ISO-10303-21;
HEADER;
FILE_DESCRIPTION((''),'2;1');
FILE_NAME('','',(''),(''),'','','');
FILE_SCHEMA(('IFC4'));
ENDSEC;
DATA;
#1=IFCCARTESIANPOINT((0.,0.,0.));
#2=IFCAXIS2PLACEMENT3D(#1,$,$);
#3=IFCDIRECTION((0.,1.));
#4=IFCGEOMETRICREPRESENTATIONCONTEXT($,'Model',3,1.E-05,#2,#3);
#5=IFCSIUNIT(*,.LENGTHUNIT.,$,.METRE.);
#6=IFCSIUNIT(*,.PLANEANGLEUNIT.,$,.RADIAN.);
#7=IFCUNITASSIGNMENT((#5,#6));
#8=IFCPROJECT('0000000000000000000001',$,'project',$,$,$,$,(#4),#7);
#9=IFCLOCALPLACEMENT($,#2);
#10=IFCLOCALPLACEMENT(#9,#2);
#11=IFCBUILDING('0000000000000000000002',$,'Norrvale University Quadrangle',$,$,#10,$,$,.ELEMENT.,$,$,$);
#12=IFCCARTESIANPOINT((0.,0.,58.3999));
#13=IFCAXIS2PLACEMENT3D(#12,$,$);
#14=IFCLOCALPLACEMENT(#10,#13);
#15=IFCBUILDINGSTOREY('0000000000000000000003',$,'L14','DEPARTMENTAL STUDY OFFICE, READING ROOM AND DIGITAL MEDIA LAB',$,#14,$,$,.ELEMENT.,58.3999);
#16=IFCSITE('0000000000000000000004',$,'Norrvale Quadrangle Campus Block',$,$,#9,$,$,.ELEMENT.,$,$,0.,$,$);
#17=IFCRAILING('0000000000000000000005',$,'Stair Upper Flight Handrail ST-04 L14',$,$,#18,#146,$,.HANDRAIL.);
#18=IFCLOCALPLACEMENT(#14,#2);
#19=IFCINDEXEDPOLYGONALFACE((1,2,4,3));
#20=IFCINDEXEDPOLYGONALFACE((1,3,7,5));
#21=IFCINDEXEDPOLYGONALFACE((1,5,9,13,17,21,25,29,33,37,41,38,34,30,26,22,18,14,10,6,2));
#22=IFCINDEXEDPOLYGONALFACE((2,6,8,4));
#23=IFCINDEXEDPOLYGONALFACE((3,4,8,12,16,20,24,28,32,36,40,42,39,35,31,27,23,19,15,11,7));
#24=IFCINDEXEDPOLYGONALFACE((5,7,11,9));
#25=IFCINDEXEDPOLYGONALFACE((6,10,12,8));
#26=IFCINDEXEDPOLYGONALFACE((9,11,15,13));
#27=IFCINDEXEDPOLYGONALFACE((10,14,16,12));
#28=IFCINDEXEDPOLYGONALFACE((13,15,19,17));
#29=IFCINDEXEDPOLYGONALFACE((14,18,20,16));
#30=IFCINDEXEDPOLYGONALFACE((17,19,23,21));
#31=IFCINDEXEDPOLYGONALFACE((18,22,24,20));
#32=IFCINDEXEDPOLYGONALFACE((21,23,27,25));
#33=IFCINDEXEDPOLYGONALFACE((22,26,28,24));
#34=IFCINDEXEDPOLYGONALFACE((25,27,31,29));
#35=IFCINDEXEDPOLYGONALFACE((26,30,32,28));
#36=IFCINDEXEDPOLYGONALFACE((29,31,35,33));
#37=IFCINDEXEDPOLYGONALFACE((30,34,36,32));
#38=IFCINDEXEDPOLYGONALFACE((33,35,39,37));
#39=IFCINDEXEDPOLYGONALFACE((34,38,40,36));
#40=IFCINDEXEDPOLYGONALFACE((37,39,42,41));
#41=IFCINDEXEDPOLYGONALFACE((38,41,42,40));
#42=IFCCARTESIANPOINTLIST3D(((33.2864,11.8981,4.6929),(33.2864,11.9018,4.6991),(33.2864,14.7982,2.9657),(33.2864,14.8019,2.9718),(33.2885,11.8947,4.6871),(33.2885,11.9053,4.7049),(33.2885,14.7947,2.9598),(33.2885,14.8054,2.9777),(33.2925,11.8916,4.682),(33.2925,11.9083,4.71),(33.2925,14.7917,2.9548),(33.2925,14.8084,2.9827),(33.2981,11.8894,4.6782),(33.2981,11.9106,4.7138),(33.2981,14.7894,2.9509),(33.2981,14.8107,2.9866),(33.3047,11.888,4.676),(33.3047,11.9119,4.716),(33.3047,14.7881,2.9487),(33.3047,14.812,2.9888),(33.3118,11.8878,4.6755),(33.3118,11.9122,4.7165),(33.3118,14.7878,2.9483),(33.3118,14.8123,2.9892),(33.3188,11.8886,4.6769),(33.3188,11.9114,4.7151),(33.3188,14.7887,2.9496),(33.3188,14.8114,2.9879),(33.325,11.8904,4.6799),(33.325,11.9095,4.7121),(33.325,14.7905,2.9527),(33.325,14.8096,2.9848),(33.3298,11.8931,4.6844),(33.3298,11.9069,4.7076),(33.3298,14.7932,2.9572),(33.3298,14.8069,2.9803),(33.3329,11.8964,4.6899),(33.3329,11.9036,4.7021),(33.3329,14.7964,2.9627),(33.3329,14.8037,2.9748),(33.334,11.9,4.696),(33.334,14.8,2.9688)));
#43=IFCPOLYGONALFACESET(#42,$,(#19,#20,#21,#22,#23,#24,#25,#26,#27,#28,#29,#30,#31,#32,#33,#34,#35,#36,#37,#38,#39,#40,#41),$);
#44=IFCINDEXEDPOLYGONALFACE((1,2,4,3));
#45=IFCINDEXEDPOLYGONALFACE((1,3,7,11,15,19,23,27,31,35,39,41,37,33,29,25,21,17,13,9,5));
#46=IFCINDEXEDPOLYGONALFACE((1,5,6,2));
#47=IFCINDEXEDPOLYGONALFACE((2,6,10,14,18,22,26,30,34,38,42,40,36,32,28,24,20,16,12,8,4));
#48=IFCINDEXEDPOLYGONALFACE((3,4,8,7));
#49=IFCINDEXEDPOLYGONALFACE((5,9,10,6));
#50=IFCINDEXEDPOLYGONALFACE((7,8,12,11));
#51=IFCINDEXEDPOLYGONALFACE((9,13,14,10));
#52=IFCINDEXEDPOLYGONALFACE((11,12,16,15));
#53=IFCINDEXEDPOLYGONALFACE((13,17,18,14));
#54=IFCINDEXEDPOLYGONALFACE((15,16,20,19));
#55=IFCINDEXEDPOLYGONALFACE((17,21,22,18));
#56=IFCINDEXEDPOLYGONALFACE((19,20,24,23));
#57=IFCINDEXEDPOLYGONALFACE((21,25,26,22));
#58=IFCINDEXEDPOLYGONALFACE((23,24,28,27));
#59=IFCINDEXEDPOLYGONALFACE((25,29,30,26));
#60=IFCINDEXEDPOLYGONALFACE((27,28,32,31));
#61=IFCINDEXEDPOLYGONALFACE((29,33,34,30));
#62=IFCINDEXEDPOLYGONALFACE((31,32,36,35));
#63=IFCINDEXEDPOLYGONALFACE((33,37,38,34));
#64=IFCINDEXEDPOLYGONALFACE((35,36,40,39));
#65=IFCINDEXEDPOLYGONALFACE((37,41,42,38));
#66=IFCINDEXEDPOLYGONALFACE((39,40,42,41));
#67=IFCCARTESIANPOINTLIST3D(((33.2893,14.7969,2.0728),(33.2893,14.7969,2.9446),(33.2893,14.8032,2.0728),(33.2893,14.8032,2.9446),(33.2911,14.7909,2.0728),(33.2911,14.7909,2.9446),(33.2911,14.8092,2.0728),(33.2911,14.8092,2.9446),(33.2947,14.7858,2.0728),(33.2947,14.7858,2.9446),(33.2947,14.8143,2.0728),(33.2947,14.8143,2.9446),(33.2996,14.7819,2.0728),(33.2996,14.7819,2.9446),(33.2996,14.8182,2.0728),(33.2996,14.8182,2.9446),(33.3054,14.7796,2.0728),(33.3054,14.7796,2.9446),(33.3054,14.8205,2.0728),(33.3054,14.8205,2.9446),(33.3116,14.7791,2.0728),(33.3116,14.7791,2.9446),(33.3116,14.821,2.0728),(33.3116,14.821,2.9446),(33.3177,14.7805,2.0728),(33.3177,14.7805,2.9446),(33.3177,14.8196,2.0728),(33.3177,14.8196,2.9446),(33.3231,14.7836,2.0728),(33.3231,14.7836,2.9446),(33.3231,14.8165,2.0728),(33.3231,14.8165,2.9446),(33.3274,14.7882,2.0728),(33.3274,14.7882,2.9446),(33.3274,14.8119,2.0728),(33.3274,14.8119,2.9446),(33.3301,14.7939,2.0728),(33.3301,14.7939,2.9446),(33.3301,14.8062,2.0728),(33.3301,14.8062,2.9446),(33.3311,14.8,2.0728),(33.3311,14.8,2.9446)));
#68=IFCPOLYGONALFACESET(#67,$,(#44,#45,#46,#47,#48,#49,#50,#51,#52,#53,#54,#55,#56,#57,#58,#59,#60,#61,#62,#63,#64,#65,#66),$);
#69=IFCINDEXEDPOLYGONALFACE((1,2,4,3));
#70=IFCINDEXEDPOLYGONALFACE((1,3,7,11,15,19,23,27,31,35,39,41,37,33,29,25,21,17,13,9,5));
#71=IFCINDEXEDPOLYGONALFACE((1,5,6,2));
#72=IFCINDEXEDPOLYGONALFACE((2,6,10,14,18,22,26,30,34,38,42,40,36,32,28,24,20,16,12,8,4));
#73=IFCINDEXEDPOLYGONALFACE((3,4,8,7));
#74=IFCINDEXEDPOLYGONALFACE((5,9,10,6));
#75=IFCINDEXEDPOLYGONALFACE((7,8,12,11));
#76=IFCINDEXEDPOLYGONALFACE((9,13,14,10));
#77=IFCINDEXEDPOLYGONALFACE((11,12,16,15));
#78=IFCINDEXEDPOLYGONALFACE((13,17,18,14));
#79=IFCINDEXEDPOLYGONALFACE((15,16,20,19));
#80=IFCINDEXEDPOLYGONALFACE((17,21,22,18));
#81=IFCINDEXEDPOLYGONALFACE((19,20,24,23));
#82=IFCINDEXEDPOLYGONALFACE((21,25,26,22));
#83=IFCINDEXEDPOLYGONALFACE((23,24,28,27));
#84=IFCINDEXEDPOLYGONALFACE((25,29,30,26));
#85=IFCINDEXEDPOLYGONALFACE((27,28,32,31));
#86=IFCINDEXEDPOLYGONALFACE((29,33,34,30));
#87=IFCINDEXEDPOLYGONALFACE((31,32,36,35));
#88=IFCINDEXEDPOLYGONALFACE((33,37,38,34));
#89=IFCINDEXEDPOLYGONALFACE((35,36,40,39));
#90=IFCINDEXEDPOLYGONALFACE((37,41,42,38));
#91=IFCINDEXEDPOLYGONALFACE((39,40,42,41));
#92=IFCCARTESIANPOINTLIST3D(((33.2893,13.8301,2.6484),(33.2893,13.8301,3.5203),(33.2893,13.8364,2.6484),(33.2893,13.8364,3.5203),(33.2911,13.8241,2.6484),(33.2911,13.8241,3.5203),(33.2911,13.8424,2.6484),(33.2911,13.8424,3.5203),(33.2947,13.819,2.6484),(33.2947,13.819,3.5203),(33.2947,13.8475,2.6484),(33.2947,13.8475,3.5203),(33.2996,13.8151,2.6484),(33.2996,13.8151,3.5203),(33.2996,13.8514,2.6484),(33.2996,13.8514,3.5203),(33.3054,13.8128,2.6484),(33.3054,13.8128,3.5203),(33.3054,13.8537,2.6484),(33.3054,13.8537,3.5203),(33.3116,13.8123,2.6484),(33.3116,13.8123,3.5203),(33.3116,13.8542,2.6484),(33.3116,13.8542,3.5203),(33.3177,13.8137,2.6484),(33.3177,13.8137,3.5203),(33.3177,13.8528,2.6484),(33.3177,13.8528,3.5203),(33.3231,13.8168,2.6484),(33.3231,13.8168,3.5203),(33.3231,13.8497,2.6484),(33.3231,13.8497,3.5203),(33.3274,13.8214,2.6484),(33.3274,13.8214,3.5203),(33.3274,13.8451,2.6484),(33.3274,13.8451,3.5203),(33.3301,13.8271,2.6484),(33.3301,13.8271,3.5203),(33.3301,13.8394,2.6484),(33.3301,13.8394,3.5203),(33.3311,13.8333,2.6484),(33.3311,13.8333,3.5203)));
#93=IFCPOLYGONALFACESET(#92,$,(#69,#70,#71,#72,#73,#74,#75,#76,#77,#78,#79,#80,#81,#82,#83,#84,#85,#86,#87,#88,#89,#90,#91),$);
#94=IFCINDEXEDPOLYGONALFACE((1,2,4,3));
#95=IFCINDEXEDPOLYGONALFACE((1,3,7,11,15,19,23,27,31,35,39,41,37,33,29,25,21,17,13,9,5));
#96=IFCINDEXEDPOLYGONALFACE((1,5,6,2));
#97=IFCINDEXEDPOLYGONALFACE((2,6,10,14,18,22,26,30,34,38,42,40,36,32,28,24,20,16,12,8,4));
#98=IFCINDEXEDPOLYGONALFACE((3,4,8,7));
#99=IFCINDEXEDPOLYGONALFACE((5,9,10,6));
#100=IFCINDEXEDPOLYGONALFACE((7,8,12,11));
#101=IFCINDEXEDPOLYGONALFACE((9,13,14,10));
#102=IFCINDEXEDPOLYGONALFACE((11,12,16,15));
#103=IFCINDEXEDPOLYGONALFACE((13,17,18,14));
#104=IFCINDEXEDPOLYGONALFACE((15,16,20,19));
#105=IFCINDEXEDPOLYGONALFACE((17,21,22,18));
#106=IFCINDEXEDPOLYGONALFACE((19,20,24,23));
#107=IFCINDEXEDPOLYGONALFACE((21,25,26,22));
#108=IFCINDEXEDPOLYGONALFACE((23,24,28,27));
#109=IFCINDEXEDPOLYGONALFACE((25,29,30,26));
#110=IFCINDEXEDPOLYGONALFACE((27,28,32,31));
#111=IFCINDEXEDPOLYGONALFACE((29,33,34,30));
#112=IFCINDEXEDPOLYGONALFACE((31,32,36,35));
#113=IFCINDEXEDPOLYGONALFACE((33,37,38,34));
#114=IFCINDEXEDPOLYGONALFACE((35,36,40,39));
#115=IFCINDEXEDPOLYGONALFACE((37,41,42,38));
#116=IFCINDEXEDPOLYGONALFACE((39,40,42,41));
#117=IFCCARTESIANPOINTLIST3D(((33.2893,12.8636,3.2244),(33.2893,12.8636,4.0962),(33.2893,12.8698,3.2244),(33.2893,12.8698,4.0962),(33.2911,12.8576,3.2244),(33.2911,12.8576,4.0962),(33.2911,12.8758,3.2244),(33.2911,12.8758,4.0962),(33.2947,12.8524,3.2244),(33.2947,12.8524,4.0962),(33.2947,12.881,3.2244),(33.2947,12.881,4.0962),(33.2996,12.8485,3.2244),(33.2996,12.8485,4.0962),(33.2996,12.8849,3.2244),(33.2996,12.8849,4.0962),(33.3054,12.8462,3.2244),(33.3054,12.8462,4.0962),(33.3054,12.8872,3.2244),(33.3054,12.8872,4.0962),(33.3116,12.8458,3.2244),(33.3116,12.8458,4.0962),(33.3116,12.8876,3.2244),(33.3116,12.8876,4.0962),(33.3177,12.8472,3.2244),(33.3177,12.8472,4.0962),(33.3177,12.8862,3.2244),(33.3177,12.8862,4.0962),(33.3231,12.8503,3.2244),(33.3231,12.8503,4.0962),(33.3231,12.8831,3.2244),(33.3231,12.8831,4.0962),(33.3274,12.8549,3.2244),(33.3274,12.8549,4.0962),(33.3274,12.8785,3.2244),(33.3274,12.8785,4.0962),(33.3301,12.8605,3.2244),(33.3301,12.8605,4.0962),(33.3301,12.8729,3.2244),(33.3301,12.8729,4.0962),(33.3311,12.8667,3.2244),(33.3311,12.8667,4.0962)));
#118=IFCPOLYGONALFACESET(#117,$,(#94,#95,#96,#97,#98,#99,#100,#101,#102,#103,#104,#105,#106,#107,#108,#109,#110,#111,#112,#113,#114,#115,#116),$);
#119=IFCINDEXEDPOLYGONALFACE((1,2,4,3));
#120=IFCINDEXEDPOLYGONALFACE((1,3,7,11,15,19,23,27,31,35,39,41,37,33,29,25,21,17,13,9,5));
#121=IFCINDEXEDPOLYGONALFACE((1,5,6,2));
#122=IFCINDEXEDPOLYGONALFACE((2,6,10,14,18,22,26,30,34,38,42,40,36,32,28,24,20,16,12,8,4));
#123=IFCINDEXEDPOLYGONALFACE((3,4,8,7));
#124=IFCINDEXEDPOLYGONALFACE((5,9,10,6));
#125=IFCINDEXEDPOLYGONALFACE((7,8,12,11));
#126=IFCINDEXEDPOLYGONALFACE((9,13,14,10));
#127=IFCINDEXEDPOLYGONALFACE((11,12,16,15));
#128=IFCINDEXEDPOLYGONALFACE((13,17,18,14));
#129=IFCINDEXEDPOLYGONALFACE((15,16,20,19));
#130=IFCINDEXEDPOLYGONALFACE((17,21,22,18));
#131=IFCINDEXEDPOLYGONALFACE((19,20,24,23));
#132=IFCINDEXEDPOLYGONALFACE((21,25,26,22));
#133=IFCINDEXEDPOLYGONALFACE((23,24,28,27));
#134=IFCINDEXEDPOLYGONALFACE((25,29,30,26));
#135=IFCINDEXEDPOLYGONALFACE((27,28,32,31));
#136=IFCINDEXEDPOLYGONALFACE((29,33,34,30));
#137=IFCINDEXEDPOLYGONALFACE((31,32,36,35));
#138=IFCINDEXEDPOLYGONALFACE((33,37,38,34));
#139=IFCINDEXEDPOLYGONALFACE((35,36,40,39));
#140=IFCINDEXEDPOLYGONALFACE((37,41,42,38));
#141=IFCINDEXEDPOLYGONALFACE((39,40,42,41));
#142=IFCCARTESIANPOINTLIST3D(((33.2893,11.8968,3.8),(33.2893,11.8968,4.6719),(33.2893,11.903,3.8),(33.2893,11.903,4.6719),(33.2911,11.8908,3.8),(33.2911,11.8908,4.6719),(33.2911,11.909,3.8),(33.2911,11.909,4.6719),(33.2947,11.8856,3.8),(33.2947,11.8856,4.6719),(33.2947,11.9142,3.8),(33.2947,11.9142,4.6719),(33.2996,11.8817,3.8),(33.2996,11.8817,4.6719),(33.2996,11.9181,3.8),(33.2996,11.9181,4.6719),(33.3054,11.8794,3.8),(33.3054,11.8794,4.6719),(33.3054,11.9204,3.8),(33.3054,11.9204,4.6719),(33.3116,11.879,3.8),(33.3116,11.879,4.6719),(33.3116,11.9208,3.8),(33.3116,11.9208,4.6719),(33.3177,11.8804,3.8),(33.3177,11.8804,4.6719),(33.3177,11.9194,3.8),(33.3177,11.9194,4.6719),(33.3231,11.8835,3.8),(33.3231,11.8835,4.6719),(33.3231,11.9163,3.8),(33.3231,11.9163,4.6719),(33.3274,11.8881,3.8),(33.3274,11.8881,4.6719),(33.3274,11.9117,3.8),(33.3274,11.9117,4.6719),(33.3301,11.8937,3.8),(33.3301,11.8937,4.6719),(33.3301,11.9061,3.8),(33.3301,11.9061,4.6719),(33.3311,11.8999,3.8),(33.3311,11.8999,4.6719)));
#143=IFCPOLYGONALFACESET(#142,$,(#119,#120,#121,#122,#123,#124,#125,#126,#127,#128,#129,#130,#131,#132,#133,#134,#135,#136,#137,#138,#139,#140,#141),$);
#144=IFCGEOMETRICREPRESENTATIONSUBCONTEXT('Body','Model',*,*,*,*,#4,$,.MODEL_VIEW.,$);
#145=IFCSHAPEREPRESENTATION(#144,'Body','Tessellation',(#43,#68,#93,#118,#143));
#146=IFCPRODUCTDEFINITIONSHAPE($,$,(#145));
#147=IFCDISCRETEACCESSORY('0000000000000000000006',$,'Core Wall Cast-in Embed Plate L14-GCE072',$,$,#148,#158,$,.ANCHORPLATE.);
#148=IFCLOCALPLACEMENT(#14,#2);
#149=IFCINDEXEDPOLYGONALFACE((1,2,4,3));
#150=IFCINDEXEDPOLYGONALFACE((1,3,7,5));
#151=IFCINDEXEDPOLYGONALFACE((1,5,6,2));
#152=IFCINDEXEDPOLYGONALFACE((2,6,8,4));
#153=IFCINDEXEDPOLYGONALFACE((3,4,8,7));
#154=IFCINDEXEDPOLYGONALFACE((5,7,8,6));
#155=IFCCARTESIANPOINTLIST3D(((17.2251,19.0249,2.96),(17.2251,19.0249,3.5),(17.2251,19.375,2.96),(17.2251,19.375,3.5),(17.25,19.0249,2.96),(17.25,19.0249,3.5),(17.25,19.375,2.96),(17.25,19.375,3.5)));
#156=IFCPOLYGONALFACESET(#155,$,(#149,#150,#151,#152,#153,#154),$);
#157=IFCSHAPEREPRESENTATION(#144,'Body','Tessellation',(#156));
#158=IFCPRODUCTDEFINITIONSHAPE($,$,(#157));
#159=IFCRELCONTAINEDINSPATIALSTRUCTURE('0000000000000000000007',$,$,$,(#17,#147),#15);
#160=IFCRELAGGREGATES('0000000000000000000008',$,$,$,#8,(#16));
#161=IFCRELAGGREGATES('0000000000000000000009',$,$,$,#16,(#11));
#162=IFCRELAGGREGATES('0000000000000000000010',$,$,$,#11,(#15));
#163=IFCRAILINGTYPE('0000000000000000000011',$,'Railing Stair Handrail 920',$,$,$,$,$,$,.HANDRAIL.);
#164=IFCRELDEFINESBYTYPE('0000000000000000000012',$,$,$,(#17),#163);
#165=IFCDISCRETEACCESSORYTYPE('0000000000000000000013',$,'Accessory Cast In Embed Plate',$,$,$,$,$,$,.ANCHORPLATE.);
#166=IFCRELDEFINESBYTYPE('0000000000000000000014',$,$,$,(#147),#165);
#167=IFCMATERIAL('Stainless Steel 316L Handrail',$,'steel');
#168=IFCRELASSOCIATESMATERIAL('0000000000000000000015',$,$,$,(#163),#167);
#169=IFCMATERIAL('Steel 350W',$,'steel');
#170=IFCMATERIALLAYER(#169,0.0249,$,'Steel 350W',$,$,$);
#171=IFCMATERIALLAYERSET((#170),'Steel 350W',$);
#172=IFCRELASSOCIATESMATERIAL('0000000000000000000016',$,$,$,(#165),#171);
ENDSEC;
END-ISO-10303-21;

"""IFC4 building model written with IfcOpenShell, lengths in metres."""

from ifc_helpers import new_model, si_unit, direction, frame, origin, origin_2d, place, context, subcontext, project, spatial, rectangle, circle, extrude, material, layer, layer_set, type_object, element, save


model = new_model("IFC4")

# Units and contexts
model_context = context("Model", 3, precision=1e-05, world=origin(), true_north=direction((0.0, 1.0)))
body_context = subcontext(model_context, "Body", "Model", "MODEL_VIEW")
ifc_project = project(units=[si_unit("LENGTHUNIT", "METRE"), si_unit("PLANEANGLEUNIT", "RADIAN")], contexts=[model_context])

# Site, building, storey
site_placement = place(None, origin())
site = spatial("IfcSite", under=ifc_project, at=site_placement, Name="Norrvale Quadrangle Campus Block", CompositionType="ELEMENT", RefElevation=0.0)
building_placement = place(site_placement, origin())
building = spatial("IfcBuilding", under=site, at=building_placement, Name="Norrvale University Quadrangle", CompositionType="ELEMENT")
storey_placement = place(building_placement, frame((0.0, 0.0, 58.3999)))
storey = spatial("IfcBuildingStorey", under=building, at=storey_placement, Name="L14", Description="DEPARTMENTAL STUDY OFFICE, READING ROOM AND DIGITAL MEDIA LAB", CompositionType="ELEMENT", Elevation=58.3999)

# Shared definitions
ifc_material_1 = material(Name="Steel 350W", Category="steel")

# Railing
ifc_material_2 = material(Name="Stainless Steel 316L Handrail", Category="steel")
railing_type_1 = type_object("IfcRailingType", Name="Railing Stair Handrail 920", PredefinedType="HANDRAIL", material=ifc_material_2)
railing_1_placement = place(storey_placement, frame((33.3101, 14.8, 2.0728)))
element("IfcRailing", 1, at=railing_1_placement, inside=storey, type_object=railing_type_1, Name="Stair Upper Flight Handrail ST-04 L14", PredefinedType="HANDRAIL", context=body_context, shape_type="SweptSolid", body=[
    extrude(circle(Radius=0.0239, at=origin_2d()), frame((0.0, 0.0, 0.896), z_axis=(0.0, -0.85916, 0.511706), x_axis=(1.0, 0.0, 0.0)), (0.0, 0.0, 1.0), 3.3755),
    extrude(circle(Radius=0.021, at=origin_2d()), origin(), (0.0, 0.0, 1.0), 0.8718),
    extrude(circle(Radius=0.021, at=origin_2d()), frame((0.0, -0.9668, 0.5757)), (0.0, 0.0, 1.0), 0.8718),
    extrude(circle(Radius=0.021, at=origin_2d()), frame((0.0, -1.9333, 1.1516)), (0.0, 0.0, 1.0), 0.8718),
    extrude(circle(Radius=0.021, at=origin_2d()), frame((0.0, -2.9001, 1.7273)), (0.0, 0.0, 1.0), 0.8718),
])

# Discrete accessory
ifc_layer_1 = layer(ifc_material_1, 0.0249, Name="Steel 350W")
ifc_layer_set_1 = layer_set([ifc_layer_1], Name="Steel 350W")
discrete_accessory_type = type_object("IfcDiscreteAccessoryType", Name="Accessory Cast In Embed Plate", PredefinedType="ANCHORPLATE", material=ifc_layer_set_1)
discrete_accessory_placement = place(storey_placement, frame((17.2375, 19.2, 2.96), z_axis=(0.0, 0.0, 1.0), x_axis=(1.0, 0.0, 0.0)))
element("IfcDiscreteAccessory", 2, at=discrete_accessory_placement, inside=storey, type_object=discrete_accessory_type, Name="Core Wall Cast-in Embed Plate L14-GCE072", PredefinedType="ANCHORPLATE", context=body_context, shape_type="SweptSolid", body=[
    extrude(rectangle(XDim=0.0249, YDim=0.3501, at=origin_2d()), origin(), (0.0, 0.0, 1.0), 0.54),
])

save(model, "model.ifc")
